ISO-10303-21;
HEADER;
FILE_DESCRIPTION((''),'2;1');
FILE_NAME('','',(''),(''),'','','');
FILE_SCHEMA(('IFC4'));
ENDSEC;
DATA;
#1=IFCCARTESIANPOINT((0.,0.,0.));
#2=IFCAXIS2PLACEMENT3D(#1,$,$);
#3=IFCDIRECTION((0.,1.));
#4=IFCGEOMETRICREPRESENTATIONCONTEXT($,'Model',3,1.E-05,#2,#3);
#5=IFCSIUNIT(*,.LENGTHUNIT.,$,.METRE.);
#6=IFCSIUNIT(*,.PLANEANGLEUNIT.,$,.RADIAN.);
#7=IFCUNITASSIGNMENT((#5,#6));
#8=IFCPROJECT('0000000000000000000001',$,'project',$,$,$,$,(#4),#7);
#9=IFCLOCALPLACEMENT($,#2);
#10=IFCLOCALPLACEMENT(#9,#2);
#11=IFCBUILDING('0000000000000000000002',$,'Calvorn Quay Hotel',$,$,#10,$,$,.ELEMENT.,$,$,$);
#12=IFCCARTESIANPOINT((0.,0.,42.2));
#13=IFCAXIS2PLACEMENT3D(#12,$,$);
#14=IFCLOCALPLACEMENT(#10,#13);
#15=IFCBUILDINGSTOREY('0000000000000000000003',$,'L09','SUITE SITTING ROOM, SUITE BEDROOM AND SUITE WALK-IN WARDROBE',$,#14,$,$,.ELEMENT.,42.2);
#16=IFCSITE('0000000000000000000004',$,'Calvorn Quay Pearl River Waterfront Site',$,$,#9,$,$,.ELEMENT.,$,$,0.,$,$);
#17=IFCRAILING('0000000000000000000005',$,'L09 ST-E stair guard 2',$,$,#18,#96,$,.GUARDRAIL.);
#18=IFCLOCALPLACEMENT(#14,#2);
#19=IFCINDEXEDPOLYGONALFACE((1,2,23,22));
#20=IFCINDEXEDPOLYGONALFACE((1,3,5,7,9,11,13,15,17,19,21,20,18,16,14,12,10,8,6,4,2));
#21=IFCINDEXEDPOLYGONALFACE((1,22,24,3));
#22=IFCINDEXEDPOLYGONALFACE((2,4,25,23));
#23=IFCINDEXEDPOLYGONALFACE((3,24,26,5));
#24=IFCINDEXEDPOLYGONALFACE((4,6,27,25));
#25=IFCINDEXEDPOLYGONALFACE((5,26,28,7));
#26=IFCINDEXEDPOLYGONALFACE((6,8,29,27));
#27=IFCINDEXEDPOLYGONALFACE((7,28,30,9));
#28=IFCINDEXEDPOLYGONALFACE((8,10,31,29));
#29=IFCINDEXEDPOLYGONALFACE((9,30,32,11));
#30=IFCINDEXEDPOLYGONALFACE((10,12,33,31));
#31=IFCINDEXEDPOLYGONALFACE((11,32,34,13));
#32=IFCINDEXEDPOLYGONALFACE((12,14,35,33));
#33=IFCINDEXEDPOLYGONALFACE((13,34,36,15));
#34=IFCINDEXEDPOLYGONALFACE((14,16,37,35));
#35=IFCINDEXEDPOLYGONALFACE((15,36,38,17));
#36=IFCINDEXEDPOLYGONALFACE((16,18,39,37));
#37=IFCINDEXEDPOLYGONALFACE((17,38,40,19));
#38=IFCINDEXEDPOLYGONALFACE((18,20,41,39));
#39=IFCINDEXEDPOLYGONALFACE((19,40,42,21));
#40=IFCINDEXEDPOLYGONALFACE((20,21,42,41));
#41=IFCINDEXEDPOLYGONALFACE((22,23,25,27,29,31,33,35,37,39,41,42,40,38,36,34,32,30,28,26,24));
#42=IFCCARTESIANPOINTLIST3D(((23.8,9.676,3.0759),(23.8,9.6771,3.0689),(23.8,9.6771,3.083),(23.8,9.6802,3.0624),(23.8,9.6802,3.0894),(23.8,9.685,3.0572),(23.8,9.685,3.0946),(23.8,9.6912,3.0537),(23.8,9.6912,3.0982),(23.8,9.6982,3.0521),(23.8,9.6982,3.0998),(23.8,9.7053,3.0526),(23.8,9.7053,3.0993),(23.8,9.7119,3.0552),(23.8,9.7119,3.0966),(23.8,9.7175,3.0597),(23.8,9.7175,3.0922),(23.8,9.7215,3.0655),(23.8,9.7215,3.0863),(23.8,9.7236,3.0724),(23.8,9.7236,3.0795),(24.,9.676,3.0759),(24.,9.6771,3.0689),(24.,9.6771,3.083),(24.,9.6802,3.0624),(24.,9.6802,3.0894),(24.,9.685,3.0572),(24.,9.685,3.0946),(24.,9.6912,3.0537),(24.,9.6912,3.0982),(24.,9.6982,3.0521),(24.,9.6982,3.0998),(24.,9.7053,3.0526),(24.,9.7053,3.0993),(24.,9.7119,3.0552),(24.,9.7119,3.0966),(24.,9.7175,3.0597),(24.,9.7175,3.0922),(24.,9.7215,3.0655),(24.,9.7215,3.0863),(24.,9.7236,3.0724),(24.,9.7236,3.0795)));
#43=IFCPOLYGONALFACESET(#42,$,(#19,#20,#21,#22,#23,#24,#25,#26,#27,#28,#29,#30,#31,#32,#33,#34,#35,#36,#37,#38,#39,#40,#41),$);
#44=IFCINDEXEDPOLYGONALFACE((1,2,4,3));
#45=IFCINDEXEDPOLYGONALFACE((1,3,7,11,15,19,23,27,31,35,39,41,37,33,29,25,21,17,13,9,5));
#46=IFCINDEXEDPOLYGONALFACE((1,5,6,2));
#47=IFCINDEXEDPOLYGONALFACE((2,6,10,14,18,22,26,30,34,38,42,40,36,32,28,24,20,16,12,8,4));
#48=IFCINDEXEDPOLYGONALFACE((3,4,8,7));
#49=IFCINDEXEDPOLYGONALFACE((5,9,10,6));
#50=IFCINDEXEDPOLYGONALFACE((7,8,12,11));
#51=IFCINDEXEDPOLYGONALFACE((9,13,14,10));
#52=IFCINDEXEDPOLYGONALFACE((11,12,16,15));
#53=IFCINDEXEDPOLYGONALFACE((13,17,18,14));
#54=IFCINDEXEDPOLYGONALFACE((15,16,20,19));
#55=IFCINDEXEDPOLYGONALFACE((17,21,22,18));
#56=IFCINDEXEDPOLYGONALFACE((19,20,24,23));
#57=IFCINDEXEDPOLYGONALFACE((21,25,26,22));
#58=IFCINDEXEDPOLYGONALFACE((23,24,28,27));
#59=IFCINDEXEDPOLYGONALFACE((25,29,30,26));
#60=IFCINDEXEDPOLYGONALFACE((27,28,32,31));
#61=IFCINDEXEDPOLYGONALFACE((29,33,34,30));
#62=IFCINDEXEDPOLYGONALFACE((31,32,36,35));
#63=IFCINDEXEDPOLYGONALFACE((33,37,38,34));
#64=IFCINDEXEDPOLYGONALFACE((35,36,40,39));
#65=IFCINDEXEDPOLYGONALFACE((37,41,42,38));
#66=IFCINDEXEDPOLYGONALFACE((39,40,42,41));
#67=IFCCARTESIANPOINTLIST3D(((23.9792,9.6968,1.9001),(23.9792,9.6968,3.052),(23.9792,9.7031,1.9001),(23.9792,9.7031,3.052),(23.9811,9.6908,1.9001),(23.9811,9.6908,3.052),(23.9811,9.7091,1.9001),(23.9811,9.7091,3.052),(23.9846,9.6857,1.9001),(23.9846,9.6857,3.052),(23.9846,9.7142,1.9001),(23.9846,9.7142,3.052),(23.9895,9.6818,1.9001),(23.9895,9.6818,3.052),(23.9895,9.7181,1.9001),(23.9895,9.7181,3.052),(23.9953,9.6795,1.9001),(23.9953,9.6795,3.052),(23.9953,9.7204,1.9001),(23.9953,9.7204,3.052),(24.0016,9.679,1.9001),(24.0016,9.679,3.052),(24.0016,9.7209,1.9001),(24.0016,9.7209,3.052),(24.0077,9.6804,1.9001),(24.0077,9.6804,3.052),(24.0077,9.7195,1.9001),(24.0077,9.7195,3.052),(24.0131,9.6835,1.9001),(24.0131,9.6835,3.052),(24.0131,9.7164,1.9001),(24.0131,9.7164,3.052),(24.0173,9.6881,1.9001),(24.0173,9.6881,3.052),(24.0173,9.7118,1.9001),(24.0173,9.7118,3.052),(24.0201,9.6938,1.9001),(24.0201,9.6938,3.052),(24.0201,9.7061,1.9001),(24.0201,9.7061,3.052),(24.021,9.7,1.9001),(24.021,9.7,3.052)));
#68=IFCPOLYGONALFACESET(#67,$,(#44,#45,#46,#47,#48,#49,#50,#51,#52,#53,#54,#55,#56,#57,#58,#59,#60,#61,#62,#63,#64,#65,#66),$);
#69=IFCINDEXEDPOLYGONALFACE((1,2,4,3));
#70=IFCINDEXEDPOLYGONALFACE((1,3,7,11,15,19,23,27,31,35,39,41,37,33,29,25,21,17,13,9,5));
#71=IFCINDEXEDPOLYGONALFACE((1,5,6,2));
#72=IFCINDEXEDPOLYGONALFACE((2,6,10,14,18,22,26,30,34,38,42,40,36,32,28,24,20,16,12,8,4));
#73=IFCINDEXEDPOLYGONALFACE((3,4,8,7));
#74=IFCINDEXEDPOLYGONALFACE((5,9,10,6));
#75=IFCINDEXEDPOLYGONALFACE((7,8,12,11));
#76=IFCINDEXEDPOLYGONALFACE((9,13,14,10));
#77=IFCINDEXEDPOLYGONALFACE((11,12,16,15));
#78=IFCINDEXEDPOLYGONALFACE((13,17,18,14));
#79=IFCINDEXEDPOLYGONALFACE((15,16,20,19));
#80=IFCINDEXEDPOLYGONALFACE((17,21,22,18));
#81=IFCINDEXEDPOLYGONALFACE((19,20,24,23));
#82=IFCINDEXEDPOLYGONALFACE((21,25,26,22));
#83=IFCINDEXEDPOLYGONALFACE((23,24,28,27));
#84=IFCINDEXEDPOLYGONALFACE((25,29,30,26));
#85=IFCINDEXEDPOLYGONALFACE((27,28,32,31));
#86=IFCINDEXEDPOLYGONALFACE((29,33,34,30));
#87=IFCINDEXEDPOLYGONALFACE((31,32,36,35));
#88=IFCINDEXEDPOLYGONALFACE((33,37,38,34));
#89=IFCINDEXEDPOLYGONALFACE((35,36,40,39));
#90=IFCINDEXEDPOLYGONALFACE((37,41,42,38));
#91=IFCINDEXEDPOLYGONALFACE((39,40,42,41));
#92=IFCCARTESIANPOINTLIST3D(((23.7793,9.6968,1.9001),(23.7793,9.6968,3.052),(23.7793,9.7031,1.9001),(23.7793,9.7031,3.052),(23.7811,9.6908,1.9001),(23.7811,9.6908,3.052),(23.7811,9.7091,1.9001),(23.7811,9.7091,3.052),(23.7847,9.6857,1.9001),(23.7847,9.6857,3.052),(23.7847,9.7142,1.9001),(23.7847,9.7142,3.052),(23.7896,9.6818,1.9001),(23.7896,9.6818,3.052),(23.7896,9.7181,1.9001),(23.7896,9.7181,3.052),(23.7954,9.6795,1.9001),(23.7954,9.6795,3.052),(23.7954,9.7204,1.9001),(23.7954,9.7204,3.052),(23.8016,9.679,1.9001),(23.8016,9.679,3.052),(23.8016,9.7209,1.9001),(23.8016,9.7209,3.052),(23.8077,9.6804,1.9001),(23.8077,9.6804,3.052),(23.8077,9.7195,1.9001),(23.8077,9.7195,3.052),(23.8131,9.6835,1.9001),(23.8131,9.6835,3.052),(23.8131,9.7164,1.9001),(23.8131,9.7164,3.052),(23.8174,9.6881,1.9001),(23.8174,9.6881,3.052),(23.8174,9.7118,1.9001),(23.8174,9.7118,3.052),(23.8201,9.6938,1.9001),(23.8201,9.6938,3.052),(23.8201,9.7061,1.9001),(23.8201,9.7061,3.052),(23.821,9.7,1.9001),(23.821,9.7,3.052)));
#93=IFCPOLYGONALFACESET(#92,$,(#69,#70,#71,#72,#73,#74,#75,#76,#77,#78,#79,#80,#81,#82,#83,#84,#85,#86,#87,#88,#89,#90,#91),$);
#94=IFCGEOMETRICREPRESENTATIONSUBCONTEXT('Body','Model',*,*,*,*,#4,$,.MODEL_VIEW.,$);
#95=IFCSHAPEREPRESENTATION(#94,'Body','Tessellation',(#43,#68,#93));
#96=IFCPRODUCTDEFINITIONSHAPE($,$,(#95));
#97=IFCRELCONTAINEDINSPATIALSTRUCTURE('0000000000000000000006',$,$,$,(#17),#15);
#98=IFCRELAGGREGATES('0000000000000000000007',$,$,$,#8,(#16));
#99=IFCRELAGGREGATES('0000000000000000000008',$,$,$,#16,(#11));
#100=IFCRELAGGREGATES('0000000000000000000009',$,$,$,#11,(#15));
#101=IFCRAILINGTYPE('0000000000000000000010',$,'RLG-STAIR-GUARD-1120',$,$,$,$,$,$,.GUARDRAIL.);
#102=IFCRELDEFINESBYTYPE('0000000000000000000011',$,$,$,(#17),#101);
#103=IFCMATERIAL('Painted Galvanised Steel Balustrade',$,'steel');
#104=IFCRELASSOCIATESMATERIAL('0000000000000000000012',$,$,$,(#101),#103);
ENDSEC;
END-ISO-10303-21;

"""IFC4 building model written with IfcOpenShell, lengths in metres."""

from ifc_helpers import new_model, si_unit, direction, frame, origin, origin_2d, place, context, subcontext, project, spatial, circle, extrude, material, type_object, element, save


model = new_model("IFC4")

# Units and contexts
model_context = context("Model", 3, precision=1e-05, world=origin(), true_north=direction((0.0, 1.0)))
body_context = subcontext(model_context, "Body", "Model", "MODEL_VIEW")
ifc_project = project(units=[si_unit("LENGTHUNIT", "METRE"), si_unit("PLANEANGLEUNIT", "RADIAN")], contexts=[model_context])

# Site, building, storey
site_placement = place(None, origin())
site = spatial("IfcSite", under=ifc_project, at=site_placement, Name="Calvorn Quay Pearl River Waterfront Site", CompositionType="ELEMENT", RefElevation=0.0)
building_placement = place(site_placement, origin())
building = spatial("IfcBuilding", under=site, at=building_placement, Name="Calvorn Quay Hotel", CompositionType="ELEMENT")
storey_placement = place(building_placement, frame((0.0, 0.0, 42.2)))
storey = spatial("IfcBuildingStorey", under=building, at=storey_placement, Name="L09", Description="SUITE SITTING ROOM, SUITE BEDROOM AND SUITE WALK-IN WARDROBE", CompositionType="ELEMENT", Elevation=42.2)

# Railing
ifc_material_1 = material(Name="Painted Galvanised Steel Balustrade", Category="steel")
railing_type_1 = type_object("IfcRailingType", Name="RLG-STAIR-GUARD-1120", PredefinedType="GUARDRAIL", material=ifc_material_1)
railing_1_placement = place(storey_placement, frame((24.0, 9.7, 1.9001)))
element("IfcRailing", 1, at=railing_1_placement, inside=storey, type_object=railing_type_1, Name="L09 ST-E stair guard 2", PredefinedType="GUARDRAIL", context=body_context, shape_type="SweptSolid", body=[
    extrude(circle(Radius=0.0239, at=origin_2d()), frame((0.0, 0.0, 1.1758), z_axis=(-1.0, 0.0, 0.0), x_axis=(0.0, -1.0, 0.0)), (0.0, 0.0, 1.0), 0.2),
    extrude(circle(Radius=0.021, at=origin_2d()), origin(), (0.0, 0.0, 1.0), 1.1519),
    extrude(circle(Radius=0.021, at=origin_2d()), frame((-0.2, 0.0, 0.0)), (0.0, 0.0, 1.0), 1.1519),
])

save(model, "model.ifc")
